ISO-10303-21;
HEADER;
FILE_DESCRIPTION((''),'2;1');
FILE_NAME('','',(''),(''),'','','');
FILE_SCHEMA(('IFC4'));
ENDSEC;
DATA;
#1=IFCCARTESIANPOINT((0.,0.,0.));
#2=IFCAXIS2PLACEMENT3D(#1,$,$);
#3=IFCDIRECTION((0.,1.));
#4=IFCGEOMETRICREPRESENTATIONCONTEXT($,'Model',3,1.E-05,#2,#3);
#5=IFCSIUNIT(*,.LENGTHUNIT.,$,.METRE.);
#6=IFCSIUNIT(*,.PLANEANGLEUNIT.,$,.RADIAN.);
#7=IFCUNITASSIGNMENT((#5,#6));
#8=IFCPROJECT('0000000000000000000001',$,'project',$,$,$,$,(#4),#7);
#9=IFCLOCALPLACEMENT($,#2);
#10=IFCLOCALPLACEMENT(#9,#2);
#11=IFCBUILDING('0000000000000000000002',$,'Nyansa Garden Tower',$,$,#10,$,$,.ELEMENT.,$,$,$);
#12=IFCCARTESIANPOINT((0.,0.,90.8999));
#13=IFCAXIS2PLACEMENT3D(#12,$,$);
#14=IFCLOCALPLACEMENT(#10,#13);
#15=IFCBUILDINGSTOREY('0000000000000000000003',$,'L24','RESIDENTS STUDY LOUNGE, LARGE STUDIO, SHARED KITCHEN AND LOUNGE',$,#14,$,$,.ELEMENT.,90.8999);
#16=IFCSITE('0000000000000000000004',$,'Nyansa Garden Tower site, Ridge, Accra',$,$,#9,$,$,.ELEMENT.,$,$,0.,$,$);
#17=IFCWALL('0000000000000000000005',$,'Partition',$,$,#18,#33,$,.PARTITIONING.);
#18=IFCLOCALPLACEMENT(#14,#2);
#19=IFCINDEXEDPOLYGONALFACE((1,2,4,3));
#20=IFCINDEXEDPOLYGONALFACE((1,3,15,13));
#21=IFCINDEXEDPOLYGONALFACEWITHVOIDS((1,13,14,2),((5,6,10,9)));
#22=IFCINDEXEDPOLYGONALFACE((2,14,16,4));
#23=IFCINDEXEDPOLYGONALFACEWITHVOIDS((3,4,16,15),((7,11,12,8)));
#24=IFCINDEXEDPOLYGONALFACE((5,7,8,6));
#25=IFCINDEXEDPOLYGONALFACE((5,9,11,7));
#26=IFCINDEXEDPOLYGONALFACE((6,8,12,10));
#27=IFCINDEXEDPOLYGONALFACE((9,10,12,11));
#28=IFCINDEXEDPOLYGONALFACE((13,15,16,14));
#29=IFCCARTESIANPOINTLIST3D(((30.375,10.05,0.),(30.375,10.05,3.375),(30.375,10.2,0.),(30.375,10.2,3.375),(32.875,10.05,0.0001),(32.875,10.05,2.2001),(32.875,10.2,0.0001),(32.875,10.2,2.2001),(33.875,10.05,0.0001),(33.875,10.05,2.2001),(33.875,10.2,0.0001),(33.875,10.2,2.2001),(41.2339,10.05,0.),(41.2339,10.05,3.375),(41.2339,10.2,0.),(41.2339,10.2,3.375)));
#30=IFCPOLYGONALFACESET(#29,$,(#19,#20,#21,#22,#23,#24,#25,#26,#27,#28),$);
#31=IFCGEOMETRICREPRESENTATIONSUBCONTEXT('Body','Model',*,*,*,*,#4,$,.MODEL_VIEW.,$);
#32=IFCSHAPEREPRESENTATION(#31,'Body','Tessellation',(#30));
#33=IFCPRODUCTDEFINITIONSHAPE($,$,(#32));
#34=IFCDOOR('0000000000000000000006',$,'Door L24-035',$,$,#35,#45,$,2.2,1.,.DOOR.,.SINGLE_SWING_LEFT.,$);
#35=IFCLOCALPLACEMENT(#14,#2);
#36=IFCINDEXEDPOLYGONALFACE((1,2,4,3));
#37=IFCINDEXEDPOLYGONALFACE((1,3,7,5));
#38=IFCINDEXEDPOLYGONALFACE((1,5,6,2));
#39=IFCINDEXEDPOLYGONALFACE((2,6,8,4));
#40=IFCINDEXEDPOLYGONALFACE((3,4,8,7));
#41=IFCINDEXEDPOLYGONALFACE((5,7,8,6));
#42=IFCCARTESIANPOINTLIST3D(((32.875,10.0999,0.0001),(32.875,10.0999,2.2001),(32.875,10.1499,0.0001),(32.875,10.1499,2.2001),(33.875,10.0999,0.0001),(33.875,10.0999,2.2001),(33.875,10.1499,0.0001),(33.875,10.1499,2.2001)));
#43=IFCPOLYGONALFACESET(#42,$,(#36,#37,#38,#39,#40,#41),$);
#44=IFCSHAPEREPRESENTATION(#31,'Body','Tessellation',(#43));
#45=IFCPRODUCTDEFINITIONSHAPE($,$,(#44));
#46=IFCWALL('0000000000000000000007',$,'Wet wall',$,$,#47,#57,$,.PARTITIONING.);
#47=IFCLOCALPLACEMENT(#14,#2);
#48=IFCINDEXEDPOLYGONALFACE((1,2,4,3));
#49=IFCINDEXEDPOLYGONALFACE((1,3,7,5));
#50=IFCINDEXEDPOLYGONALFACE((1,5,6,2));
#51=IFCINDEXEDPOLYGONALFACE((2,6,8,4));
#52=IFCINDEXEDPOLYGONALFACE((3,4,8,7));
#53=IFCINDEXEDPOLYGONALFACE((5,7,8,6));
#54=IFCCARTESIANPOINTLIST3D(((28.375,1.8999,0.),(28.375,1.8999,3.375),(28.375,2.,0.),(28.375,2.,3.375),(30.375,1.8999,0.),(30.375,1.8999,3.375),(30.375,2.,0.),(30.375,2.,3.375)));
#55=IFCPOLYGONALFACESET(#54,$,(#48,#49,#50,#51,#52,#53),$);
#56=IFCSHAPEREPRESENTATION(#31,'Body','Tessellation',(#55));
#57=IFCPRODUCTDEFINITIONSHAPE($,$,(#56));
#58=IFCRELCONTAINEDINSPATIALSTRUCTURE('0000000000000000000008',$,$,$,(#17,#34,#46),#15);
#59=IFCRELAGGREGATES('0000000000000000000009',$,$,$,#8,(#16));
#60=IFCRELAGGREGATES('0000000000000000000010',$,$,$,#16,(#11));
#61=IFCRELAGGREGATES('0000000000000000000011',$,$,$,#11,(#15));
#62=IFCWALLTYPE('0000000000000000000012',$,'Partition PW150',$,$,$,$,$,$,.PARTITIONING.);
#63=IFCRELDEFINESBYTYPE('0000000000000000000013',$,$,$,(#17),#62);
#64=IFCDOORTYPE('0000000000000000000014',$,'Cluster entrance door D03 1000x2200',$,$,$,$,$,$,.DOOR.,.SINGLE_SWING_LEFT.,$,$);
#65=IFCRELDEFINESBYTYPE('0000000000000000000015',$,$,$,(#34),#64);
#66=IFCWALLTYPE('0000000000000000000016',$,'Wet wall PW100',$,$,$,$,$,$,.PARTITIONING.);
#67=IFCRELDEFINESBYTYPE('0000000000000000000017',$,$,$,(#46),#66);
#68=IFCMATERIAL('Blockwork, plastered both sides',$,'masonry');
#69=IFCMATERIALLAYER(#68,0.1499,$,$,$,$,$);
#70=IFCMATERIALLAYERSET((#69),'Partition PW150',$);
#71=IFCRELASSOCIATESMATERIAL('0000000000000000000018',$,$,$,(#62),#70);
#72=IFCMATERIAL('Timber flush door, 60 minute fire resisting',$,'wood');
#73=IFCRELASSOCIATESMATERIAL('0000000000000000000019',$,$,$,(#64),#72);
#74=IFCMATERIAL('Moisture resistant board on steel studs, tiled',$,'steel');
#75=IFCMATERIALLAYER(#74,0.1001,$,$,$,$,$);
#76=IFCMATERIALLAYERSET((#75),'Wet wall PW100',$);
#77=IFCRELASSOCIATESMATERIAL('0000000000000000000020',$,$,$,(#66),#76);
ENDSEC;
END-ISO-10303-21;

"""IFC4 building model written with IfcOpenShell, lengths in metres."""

from ifc_helpers import new_model, si_unit, direction, frame, frame_2d, origin, place, context, subcontext, project, spatial, rectangle, extrude, material, layer, layer_set, type_object, element, fill, save


model = new_model("IFC4")

# Units and contexts
model_context = context("Model", 3, precision=1e-05, world=origin(), true_north=direction((0.0, 1.0)))
body_context = subcontext(model_context, "Body", "Model", "MODEL_VIEW")
ifc_project = project(units=[si_unit("LENGTHUNIT", "METRE"), si_unit("PLANEANGLEUNIT", "RADIAN")], contexts=[model_context])

# Site, building, storey
site_placement = place(None, origin())
site = spatial("IfcSite", under=ifc_project, at=site_placement, Name="Nyansa Garden Tower site, Ridge, Accra", CompositionType="ELEMENT", RefElevation=0.0)
building_placement = place(site_placement, origin())
building = spatial("IfcBuilding", under=site, at=building_placement, Name="Nyansa Garden Tower", CompositionType="ELEMENT")
storey_placement = place(building_placement, frame((0.0, 0.0, 90.8999)))
storey = spatial("IfcBuildingStorey", under=building, at=storey_placement, Name="L24", Description="RESIDENTS STUDY LOUNGE, LARGE STUDIO, SHARED KITCHEN AND LOUNGE", CompositionType="ELEMENT", Elevation=90.8999)

# Shared definitions
ifc_material_1 = material(Name="Blockwork, plastered both sides", Category="masonry")
ifc_layer_1 = layer(ifc_material_1, 0.1499)
ifc_layer_set_1 = layer_set([ifc_layer_1], Name="Partition PW150")
wall_type_1 = type_object("IfcWallType", Name="Partition PW150", PredefinedType="PARTITIONING", material=ifc_layer_set_1)

# Wall, opening, door
ifc_material_2 = material(Name="Timber flush door, 60 minute fire resisting", Category="wood")
door_type_1 = type_object("IfcDoorType", Name="Cluster entrance door D03 1000x2200", OperationType="SINGLE_SWING_LEFT", PredefinedType="DOOR", material=ifc_material_2)
wall_1_placement = place(storey_placement, frame((30.375, 10.125, 0.0), z_axis=(0.0, 0.0, 1.0), x_axis=(1.0, 0.0, 0.0)))
wall_1 = element("IfcWall", 1, at=wall_1_placement, inside=storey, type_object=wall_type_1, Name="Partition", PredefinedType="PARTITIONING", context=body_context, shape_type="SweptSolid", body=[
    extrude(rectangle(XDim=10.8589, YDim=0.1499, at=frame_2d((5.4294, 0.0))), origin(), (0.0, 0.0, 1.0), 3.375),
])
opening_1_placement = place(wall_1_placement, frame((2.5, 0.0, 0.0)))
opening_1 = element("IfcOpeningElement", 2, at=opening_1_placement, cuts=wall_1, PredefinedType="OPENING", context=body_context, shape_type="SweptSolid", body=[
    extrude(rectangle(XDim=1.0, YDim=2.2, at=frame_2d((0.5, 1.1001))), frame((0.0, 0.085, 0.0), z_axis=(0.0, -1.0, 0.0), x_axis=(1.0, 0.0, 0.0)), (0.0, 0.0, 1.0), 0.1699),
])
door_1_placement = place(opening_1_placement, origin())
door_1 = element("IfcDoor", 3, at=door_1_placement, inside=storey, type_object=door_type_1, Name="Door L24-035", OperationType="SINGLE_SWING_LEFT", OverallHeight=2.2, OverallWidth=1.0, PredefinedType="DOOR", context=body_context, shape_type="SweptSolid", body=[
    extrude(rectangle(XDim=1.0, YDim=2.2, at=frame_2d((0.5, 1.1001))), frame((0.0, 0.0249, 0.0), z_axis=(0.0, -1.0, 0.0), x_axis=(1.0, 0.0, 0.0)), (0.0, 0.0, 1.0), 0.05),
])
fill(opening_1, door_1)

# Wall
ifc_material_3 = material(Name="Moisture resistant board on steel studs, tiled", Category="steel")
ifc_layer_2 = layer(ifc_material_3, 0.1001)
ifc_layer_set_2 = layer_set([ifc_layer_2], Name="Wet wall PW100")
wall_type_2 = type_object("IfcWallType", Name="Wet wall PW100", PredefinedType="PARTITIONING", material=ifc_layer_set_2)
wall_2_placement = place(storey_placement, frame((28.375, 1.95, 0.0), z_axis=(0.0, 0.0, 1.0), x_axis=(1.0, 0.0, 0.0)))
element("IfcWall", 4, at=wall_2_placement, inside=storey, type_object=wall_type_2, Name="Wet wall", PredefinedType="PARTITIONING", context=body_context, shape_type="SweptSolid", body=[
    extrude(rectangle(XDim=2.0, YDim=0.1001, at=frame_2d((1.0, 0.0))), origin(), (0.0, 0.0, 1.0), 3.375),
])

save(model, "model.ifc")
